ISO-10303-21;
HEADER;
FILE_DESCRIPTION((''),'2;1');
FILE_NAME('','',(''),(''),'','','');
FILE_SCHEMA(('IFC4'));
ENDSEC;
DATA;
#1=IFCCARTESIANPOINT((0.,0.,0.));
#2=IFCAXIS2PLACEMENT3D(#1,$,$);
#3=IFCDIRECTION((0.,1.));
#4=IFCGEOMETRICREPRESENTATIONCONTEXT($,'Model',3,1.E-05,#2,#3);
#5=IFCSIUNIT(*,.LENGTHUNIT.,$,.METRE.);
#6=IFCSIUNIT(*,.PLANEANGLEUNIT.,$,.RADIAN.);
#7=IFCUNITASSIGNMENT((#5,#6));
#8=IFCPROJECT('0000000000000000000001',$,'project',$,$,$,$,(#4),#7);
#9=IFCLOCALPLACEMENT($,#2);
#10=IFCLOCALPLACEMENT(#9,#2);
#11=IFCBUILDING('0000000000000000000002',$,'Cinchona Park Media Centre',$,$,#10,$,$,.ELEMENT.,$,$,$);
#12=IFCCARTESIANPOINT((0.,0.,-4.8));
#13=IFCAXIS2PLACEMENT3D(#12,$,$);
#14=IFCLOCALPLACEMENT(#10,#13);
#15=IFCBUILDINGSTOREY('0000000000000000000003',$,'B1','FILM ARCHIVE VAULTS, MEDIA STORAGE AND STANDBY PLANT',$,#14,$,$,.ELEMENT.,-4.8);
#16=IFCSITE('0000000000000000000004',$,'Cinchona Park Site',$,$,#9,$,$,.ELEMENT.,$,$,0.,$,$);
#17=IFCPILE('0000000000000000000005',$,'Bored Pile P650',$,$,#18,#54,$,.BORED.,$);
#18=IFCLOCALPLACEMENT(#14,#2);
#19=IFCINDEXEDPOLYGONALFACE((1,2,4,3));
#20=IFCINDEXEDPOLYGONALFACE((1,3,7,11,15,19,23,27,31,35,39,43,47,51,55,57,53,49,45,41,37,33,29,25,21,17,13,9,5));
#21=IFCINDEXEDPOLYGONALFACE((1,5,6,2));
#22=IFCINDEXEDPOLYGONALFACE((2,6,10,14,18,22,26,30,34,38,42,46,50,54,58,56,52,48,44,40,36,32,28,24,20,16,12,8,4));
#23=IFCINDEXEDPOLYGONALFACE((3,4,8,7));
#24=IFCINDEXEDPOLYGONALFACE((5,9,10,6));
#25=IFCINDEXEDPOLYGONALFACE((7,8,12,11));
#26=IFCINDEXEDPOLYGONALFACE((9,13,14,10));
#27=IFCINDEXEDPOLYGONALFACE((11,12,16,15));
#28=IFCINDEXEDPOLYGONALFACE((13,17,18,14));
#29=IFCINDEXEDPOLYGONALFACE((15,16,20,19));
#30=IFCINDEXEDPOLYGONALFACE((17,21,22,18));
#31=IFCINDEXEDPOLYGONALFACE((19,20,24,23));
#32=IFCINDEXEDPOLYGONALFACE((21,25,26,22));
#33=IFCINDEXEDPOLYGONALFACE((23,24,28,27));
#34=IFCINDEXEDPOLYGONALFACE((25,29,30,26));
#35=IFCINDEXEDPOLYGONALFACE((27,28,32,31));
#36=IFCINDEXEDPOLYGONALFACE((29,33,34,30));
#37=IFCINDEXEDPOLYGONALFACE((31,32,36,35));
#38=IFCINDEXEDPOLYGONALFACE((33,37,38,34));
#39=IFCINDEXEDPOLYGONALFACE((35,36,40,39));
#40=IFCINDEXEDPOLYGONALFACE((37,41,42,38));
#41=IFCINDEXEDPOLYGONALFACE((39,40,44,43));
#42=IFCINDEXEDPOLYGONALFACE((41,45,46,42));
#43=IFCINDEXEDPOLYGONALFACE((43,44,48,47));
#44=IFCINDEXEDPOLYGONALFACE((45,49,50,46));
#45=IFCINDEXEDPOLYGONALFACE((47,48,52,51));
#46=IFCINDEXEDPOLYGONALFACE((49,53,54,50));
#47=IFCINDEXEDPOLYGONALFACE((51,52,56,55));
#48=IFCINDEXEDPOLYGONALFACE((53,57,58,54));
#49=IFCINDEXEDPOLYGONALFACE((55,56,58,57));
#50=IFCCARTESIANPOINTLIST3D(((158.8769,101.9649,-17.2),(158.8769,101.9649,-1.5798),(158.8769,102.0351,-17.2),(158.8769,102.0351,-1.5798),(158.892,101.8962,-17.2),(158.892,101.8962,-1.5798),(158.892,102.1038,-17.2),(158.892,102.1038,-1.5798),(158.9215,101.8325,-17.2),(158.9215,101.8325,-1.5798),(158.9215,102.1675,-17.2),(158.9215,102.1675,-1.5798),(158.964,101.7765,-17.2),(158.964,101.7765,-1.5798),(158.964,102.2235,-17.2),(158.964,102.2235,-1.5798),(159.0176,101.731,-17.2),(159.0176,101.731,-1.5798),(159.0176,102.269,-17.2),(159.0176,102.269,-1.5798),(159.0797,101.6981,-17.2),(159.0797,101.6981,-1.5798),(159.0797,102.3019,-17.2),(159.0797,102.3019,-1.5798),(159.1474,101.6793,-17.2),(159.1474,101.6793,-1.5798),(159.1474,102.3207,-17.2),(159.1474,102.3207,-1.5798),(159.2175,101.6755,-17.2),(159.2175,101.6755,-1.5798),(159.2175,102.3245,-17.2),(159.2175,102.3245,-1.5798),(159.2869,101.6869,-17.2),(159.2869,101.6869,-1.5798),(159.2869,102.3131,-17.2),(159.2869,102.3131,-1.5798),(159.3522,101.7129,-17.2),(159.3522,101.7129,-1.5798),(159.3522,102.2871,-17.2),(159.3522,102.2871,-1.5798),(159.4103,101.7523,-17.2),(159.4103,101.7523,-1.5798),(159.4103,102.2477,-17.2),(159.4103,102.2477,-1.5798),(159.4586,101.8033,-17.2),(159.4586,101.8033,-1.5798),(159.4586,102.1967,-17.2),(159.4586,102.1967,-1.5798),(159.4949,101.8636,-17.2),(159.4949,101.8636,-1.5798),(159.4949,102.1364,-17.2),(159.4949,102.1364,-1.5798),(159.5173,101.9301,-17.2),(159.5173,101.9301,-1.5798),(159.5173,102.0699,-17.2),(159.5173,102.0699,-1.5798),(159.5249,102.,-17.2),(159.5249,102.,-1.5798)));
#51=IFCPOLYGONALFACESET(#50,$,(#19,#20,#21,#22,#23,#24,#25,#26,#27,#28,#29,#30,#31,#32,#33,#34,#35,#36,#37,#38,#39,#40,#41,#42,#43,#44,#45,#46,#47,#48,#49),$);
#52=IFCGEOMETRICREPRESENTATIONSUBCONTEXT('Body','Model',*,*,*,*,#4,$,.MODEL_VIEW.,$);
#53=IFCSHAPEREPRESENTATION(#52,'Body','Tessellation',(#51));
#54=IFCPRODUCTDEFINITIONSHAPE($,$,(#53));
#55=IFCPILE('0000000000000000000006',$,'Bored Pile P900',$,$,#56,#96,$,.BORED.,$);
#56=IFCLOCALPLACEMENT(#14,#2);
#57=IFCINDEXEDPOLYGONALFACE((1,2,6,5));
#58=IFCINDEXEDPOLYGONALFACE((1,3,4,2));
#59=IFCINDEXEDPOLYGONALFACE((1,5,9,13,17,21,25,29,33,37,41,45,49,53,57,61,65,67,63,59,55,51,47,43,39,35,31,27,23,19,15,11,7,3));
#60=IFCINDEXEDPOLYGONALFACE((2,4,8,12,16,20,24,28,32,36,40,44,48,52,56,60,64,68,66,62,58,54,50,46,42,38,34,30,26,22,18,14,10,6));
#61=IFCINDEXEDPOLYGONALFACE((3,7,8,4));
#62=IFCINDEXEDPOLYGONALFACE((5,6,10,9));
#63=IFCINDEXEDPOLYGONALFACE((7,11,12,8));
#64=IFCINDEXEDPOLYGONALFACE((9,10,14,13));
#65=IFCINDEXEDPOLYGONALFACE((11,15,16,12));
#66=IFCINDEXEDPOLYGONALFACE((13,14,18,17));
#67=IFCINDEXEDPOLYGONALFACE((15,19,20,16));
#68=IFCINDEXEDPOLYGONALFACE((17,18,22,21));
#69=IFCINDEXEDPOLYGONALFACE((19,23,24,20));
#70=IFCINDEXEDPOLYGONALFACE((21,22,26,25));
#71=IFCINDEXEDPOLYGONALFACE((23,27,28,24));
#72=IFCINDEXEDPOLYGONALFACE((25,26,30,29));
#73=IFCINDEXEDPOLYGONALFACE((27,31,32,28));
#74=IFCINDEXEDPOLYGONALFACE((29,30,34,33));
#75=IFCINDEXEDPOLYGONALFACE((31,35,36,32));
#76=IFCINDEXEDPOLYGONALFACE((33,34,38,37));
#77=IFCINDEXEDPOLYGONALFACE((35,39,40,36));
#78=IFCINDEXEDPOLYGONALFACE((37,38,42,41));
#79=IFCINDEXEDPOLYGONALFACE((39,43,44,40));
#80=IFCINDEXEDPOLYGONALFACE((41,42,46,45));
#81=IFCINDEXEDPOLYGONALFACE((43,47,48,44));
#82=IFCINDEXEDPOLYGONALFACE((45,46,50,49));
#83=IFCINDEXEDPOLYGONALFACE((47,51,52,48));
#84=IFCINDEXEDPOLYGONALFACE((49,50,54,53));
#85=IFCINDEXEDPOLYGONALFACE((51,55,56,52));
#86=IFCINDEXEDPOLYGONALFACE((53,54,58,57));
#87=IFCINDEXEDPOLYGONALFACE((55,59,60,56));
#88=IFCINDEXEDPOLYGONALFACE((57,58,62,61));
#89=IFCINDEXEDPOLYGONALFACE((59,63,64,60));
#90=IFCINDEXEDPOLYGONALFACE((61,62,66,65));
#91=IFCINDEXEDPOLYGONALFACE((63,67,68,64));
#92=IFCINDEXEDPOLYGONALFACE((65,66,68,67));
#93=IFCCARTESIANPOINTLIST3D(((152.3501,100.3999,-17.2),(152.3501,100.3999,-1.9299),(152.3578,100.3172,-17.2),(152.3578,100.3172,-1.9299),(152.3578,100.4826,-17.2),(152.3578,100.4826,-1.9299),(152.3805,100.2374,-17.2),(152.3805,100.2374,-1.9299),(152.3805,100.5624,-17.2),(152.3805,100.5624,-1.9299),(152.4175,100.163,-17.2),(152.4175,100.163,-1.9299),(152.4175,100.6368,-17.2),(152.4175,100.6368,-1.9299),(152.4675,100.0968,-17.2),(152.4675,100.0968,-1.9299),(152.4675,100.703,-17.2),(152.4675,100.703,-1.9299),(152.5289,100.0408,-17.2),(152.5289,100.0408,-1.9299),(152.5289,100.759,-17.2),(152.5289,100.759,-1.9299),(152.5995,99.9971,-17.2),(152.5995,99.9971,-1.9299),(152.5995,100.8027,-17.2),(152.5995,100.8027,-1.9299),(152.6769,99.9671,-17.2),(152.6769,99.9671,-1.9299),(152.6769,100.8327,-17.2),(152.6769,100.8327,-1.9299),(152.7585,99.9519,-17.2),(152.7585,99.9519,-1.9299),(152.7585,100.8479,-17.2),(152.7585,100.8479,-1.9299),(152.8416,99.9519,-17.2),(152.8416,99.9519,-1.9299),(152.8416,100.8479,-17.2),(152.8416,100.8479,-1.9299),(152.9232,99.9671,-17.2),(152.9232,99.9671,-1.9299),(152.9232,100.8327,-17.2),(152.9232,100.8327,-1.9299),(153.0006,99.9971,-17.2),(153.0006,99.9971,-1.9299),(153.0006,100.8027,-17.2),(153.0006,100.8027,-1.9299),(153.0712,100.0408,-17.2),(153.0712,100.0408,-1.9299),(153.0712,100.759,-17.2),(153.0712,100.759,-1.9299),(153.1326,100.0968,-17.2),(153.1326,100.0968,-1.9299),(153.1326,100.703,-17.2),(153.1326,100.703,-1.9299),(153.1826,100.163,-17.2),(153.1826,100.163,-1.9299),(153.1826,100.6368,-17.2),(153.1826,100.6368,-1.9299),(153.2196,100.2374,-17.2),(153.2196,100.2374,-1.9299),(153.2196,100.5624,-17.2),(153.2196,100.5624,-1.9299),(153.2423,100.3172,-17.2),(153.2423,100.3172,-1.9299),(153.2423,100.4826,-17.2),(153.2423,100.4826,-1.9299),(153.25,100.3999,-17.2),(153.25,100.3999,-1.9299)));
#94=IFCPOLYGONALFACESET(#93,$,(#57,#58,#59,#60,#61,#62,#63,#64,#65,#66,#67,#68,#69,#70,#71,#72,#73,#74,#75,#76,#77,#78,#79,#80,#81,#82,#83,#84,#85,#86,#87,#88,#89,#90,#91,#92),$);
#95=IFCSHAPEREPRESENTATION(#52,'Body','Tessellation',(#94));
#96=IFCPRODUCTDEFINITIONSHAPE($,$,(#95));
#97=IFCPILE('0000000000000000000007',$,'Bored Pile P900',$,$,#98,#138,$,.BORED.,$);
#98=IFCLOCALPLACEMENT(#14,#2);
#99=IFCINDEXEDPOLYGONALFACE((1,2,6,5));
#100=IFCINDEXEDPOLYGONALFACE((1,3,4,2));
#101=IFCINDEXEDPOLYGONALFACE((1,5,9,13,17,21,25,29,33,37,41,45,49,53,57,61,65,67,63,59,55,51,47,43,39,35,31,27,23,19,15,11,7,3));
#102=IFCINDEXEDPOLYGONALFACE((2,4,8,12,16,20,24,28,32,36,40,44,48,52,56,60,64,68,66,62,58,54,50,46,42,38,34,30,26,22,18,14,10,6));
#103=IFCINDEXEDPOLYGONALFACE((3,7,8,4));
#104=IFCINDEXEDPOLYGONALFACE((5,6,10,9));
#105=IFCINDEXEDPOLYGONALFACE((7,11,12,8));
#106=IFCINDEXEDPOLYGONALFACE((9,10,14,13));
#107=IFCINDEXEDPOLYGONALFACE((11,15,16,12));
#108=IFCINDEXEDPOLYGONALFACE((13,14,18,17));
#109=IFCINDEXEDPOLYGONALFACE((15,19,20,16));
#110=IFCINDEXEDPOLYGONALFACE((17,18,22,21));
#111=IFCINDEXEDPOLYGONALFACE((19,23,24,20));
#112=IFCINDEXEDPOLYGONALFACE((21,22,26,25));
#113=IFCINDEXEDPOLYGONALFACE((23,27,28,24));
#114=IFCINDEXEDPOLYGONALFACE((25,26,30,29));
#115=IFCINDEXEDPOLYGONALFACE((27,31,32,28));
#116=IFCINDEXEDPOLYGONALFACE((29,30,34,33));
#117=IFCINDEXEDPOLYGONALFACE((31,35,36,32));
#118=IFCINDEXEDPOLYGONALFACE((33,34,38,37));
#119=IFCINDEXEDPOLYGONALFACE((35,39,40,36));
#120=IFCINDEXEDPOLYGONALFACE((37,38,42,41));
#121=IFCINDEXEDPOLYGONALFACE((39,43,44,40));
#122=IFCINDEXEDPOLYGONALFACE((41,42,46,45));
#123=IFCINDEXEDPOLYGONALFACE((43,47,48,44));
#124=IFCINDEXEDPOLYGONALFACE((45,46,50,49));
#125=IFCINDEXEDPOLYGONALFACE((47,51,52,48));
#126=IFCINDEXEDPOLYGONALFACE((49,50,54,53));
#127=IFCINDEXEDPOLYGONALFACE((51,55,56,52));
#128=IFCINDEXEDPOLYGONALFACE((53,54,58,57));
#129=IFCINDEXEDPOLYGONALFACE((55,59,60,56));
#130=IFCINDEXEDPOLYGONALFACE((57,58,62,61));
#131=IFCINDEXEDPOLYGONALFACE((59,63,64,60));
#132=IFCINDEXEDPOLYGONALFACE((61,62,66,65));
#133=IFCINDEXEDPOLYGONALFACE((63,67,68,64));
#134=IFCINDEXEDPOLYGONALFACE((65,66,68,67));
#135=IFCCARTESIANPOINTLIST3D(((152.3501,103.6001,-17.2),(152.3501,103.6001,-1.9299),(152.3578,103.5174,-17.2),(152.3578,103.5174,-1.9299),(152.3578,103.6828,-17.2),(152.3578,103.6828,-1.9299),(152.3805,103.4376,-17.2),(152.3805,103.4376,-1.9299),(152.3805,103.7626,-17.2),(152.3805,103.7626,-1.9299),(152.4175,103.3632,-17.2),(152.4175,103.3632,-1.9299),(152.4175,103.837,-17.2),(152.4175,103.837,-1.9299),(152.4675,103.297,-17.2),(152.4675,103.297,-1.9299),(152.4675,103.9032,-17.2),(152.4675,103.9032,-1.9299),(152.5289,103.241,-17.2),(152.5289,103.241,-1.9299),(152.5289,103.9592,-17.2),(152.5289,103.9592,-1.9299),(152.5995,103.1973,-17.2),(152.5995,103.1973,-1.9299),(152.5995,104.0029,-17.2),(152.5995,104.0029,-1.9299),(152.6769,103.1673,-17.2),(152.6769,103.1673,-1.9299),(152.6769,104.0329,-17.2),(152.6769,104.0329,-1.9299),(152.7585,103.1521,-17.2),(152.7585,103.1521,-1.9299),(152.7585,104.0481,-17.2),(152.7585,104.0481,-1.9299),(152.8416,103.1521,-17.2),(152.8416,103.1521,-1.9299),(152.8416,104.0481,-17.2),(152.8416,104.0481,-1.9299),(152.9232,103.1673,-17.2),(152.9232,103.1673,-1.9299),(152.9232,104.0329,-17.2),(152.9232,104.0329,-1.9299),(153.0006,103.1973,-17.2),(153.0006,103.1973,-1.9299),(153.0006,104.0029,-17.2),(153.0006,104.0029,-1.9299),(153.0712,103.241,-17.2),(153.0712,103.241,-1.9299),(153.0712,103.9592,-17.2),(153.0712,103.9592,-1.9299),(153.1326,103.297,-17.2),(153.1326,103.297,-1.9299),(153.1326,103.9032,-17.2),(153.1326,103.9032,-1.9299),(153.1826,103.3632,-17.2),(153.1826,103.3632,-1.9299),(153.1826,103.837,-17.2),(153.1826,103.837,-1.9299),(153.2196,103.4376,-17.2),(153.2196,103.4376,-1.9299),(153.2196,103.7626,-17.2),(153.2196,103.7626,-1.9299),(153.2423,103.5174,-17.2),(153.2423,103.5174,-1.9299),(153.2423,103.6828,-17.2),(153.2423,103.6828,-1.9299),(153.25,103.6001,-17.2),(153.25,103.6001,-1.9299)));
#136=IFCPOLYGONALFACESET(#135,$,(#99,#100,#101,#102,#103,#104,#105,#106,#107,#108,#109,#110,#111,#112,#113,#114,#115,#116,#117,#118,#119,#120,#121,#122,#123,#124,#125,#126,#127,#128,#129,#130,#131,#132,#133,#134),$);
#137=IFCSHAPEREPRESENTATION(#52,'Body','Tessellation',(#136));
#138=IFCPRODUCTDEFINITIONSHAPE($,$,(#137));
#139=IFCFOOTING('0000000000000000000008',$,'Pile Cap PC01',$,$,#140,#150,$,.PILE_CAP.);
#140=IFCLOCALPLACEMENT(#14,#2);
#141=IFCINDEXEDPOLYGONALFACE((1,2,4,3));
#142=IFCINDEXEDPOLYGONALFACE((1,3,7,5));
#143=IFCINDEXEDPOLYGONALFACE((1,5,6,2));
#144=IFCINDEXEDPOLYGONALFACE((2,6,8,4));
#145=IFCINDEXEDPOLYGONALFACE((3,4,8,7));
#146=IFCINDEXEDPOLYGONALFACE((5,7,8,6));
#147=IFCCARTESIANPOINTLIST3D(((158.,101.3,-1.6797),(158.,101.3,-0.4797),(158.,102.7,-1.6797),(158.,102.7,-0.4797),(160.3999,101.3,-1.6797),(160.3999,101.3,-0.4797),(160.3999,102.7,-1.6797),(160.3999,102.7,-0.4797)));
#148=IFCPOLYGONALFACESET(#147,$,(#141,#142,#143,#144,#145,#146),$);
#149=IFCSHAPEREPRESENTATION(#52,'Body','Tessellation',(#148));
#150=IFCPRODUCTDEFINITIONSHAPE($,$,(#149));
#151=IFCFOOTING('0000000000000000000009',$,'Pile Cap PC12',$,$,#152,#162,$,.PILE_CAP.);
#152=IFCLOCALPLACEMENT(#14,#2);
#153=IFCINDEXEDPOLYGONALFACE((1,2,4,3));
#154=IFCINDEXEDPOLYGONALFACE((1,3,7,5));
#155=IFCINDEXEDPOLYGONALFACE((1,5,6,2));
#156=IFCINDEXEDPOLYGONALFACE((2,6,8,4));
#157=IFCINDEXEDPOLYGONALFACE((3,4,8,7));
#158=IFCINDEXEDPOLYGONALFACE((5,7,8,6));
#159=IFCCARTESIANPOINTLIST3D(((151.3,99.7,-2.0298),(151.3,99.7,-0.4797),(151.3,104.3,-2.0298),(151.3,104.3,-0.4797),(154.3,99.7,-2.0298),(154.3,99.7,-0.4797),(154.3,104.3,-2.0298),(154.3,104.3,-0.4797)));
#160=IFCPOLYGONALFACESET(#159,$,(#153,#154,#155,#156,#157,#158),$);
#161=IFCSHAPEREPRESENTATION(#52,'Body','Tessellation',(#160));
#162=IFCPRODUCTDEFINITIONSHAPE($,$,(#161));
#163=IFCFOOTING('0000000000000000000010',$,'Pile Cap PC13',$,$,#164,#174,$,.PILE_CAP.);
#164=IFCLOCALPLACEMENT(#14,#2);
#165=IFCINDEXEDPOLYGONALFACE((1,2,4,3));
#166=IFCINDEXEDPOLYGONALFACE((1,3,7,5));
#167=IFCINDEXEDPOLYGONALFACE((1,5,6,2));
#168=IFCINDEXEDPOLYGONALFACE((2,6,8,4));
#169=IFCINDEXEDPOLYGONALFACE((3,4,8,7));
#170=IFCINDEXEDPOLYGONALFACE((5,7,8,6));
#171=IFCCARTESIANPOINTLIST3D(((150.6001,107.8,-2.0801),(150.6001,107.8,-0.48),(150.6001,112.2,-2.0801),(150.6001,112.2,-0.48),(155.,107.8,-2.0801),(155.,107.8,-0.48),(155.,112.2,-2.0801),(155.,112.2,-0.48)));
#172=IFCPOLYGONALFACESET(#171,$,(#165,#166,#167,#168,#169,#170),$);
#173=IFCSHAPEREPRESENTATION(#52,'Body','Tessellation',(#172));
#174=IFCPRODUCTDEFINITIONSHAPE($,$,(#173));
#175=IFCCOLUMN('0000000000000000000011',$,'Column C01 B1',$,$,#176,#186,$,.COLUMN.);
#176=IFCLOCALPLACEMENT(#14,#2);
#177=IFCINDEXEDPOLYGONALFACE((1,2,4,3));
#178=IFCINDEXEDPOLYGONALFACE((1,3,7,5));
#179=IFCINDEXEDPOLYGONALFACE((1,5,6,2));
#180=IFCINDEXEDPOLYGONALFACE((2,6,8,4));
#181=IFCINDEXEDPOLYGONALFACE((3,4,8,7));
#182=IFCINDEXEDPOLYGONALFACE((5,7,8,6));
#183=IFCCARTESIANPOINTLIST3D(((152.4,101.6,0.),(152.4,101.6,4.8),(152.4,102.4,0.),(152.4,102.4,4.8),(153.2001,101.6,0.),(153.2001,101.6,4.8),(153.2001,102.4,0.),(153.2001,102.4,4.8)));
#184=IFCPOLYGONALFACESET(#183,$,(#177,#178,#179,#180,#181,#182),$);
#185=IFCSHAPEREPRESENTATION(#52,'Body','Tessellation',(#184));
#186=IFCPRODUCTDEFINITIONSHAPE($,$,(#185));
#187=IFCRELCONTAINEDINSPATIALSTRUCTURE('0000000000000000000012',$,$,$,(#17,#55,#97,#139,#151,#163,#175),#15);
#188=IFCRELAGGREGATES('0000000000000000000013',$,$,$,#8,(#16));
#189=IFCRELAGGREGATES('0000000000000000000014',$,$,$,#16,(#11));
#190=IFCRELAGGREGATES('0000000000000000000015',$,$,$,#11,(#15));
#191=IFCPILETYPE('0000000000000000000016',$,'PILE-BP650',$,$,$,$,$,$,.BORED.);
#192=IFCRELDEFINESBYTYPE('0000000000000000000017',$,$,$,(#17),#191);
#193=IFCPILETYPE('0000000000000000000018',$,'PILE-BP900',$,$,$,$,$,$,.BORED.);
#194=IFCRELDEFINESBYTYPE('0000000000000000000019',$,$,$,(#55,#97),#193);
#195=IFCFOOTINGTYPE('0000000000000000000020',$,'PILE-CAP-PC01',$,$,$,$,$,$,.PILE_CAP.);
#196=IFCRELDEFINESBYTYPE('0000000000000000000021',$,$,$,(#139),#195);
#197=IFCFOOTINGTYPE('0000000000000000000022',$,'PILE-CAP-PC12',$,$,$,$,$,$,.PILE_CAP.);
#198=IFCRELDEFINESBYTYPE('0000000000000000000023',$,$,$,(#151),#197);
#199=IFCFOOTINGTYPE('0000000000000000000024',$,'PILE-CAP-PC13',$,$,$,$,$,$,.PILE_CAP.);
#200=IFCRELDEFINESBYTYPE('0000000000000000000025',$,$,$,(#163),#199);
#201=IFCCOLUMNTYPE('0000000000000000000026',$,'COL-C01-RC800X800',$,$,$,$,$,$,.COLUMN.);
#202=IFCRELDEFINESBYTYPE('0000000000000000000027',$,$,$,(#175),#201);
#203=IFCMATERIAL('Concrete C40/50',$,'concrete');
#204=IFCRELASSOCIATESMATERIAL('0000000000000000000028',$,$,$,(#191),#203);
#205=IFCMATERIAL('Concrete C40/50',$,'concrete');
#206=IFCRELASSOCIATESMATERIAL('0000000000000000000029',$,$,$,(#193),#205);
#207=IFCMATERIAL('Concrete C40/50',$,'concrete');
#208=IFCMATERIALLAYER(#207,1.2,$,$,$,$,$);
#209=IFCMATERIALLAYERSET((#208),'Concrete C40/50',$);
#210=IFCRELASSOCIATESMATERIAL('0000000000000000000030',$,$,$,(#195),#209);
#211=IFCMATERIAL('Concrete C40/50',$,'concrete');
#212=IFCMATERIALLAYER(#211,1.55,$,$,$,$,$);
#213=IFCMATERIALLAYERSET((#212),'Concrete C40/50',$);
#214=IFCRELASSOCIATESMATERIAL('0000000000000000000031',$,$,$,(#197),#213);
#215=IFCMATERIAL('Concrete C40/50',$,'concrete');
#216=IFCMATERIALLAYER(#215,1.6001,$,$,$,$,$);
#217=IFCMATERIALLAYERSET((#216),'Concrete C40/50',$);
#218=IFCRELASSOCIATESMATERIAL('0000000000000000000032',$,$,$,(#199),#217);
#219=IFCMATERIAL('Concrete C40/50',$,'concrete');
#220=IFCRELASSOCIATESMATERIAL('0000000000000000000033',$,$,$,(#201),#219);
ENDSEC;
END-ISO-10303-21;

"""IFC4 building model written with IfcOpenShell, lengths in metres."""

from ifc_helpers import new_model, si_unit, direction, frame, origin, origin_2d, place, context, subcontext, project, spatial, rectangle, circle, extrude, material, layer, layer_set, material_profile, profile_set, type_object, element, save


model = new_model("IFC4")

# Units and contexts
model_context = context("Model", 3, precision=1e-05, world=origin(), true_north=direction((0.0, 1.0)))
body_context = subcontext(model_context, "Body", "Model", "MODEL_VIEW")
ifc_project = project(units=[si_unit("LENGTHUNIT", "METRE"), si_unit("PLANEANGLEUNIT", "RADIAN")], contexts=[model_context])

# Site, building, storey
site_placement = place(None, origin())
site = spatial("IfcSite", under=ifc_project, at=site_placement, Name="Cinchona Park Site", CompositionType="ELEMENT", RefElevation=0.0)
building_placement = place(site_placement, origin())
building = spatial("IfcBuilding", under=site, at=building_placement, Name="Cinchona Park Media Centre", CompositionType="ELEMENT")
storey_placement = place(building_placement, frame((0.0, 0.0, -4.8)))
storey = spatial("IfcBuildingStorey", under=building, at=storey_placement, Name="B1", Description="FILM ARCHIVE VAULTS, MEDIA STORAGE AND STANDBY PLANT", CompositionType="ELEMENT", Elevation=-4.8)

# Piles
ifc_material_1 = material(Name="Concrete C40/50", Category="concrete")
ifc_material_profile_1 = material_profile(ifc_material_1, circle(Radius=0.325, at=origin_2d()), Name="BORED PILE 650")
ifc_profile_set_1 = profile_set([ifc_material_profile_1], Name="Concrete C40/50")
pile_type_1 = type_object("IfcPileType", Name="PILE-BP650", PredefinedType="BORED", material=ifc_profile_set_1)
pile_placement = place(storey_placement, frame((159.2, 102.0, -1.5798), z_axis=(0.0, 0.0, -1.0), x_axis=(1.0, 0.0, 0.0)))
element("IfcPile", 1, at=pile_placement, inside=storey, type_object=pile_type_1, Name="Bored Pile P650", PredefinedType="BORED", context=body_context, shape_type="SweptSolid", body=[
    extrude(circle(Radius=0.325, at=origin_2d()), origin(), (0.0, 0.0, 1.0), 15.6201),
])
ifc_material_2 = material(Name="Concrete C40/50", Category="concrete")
ifc_material_profile_2 = material_profile(ifc_material_2, circle(Radius=0.45, at=origin_2d()), Name="BORED PILE 900")
ifc_profile_set_2 = profile_set([ifc_material_profile_2], Name="Concrete C40/50")
pile_type_2 = type_object("IfcPileType", Name="PILE-BP900", PredefinedType="BORED", material=ifc_profile_set_2)
for number, where, z_axis, x_axis, name in (
    (2, (152.8, 100.3999, -1.9299), (0.0, 0.0, -1.0), (1.0, 0.0, 0.0), "Bored Pile P900"),
    (3, (152.8, 103.6001, -1.9299), (0.0, 0.0, -1.0), (1.0, 0.0, 0.0), "Bored Pile P900"),
):
    element("IfcPile", number, at=place(storey_placement, frame(where, z_axis=z_axis, x_axis=x_axis)), inside=storey, type_object=pile_type_2, Name=name, PredefinedType="BORED", context=body_context, shape_type="SweptSolid", body=[
        extrude(circle(Radius=0.45, at=origin_2d()), origin(), (0.0, 0.0, 1.0), 15.27),
    ])

# Footings
ifc_material_3 = material(Name="Concrete C40/50", Category="concrete")
ifc_layer_1 = layer(ifc_material_3, 1.2)
ifc_layer_set_1 = layer_set([ifc_layer_1], Name="Concrete C40/50")
footing_type_1 = type_object("IfcFootingType", Name="PILE-CAP-PC01", PredefinedType="PILE_CAP", material=ifc_layer_set_1)
footing_1_placement = place(storey_placement, frame((159.2, 102.0, -1.6797), z_axis=(0.0, 0.0, 1.0), x_axis=(1.0, 0.0, 0.0)))
element("IfcFooting", 4, at=footing_1_placement, inside=storey, type_object=footing_type_1, Name="Pile Cap PC01", PredefinedType="PILE_CAP", context=body_context, shape_type="SweptSolid", body=[
    extrude(rectangle(XDim=2.3999, YDim=1.3999, at=origin_2d()), origin(), (0.0, 0.0, 1.0), 1.2),
])
ifc_material_4 = material(Name="Concrete C40/50", Category="concrete")
ifc_layer_2 = layer(ifc_material_4, 1.55)
ifc_layer_set_2 = layer_set([ifc_layer_2], Name="Concrete C40/50")
footing_type_2 = type_object("IfcFootingType", Name="PILE-CAP-PC12", PredefinedType="PILE_CAP", material=ifc_layer_set_2)
footing_2_placement = place(storey_placement, frame((152.8, 102.0, -2.0298), z_axis=(0.0, 0.0, 1.0), x_axis=(1.0, 0.0, 0.0)))
element("IfcFooting", 5, at=footing_2_placement, inside=storey, type_object=footing_type_2, Name="Pile Cap PC12", PredefinedType="PILE_CAP", context=body_context, shape_type="SweptSolid", body=[
    extrude(rectangle(XDim=3.0, YDim=4.6001, at=origin_2d()), origin(), (0.0, 0.0, 1.0), 1.55),
])
ifc_material_5 = material(Name="Concrete C40/50", Category="concrete")
ifc_layer_3 = layer(ifc_material_5, 1.6001)
ifc_layer_set_3 = layer_set([ifc_layer_3], Name="Concrete C40/50")
footing_type_3 = type_object("IfcFootingType", Name="PILE-CAP-PC13", PredefinedType="PILE_CAP", material=ifc_layer_set_3)
footing_3_placement = place(storey_placement, frame((152.8, 110.0, -2.0801), z_axis=(0.0, 0.0, 1.0), x_axis=(1.0, 0.0, 0.0)))
element("IfcFooting", 6, at=footing_3_placement, inside=storey, type_object=footing_type_3, Name="Pile Cap PC13", PredefinedType="PILE_CAP", context=body_context, shape_type="SweptSolid", body=[
    extrude(rectangle(XDim=4.3999, YDim=4.3999, at=origin_2d()), origin(), (0.0, 0.0, 1.0), 1.6001),
])

# Column
ifc_material_6 = material(Name="Concrete C40/50", Category="concrete")
ifc_material_profile_3 = material_profile(ifc_material_6, rectangle(XDim=0.8, YDim=0.8, at=origin_2d()), Name="RC 800X800")
ifc_profile_set_3 = profile_set([ifc_material_profile_3], Name="Concrete C40/50")
column_type = type_object("IfcColumnType", Name="COL-C01-RC800X800", PredefinedType="COLUMN", material=ifc_profile_set_3)
for number, where, z_axis, x_axis, name in (
    (7, (152.8, 102.0, 0.0), (0.0, 0.0, 1.0), (1.0, 0.0, 0.0), "Column C01 B1"),
):
    element("IfcColumn", number, at=place(storey_placement, frame(where, z_axis=z_axis, x_axis=x_axis)), inside=storey, type_object=column_type, Name=name, PredefinedType="COLUMN", context=body_context, shape_type="SweptSolid", body=[
        extrude(rectangle(XDim=0.8, YDim=0.8, at=origin_2d()), origin(), (0.0, 0.0, 1.0), 4.8),
    ])

save(model, "model.ifc")
